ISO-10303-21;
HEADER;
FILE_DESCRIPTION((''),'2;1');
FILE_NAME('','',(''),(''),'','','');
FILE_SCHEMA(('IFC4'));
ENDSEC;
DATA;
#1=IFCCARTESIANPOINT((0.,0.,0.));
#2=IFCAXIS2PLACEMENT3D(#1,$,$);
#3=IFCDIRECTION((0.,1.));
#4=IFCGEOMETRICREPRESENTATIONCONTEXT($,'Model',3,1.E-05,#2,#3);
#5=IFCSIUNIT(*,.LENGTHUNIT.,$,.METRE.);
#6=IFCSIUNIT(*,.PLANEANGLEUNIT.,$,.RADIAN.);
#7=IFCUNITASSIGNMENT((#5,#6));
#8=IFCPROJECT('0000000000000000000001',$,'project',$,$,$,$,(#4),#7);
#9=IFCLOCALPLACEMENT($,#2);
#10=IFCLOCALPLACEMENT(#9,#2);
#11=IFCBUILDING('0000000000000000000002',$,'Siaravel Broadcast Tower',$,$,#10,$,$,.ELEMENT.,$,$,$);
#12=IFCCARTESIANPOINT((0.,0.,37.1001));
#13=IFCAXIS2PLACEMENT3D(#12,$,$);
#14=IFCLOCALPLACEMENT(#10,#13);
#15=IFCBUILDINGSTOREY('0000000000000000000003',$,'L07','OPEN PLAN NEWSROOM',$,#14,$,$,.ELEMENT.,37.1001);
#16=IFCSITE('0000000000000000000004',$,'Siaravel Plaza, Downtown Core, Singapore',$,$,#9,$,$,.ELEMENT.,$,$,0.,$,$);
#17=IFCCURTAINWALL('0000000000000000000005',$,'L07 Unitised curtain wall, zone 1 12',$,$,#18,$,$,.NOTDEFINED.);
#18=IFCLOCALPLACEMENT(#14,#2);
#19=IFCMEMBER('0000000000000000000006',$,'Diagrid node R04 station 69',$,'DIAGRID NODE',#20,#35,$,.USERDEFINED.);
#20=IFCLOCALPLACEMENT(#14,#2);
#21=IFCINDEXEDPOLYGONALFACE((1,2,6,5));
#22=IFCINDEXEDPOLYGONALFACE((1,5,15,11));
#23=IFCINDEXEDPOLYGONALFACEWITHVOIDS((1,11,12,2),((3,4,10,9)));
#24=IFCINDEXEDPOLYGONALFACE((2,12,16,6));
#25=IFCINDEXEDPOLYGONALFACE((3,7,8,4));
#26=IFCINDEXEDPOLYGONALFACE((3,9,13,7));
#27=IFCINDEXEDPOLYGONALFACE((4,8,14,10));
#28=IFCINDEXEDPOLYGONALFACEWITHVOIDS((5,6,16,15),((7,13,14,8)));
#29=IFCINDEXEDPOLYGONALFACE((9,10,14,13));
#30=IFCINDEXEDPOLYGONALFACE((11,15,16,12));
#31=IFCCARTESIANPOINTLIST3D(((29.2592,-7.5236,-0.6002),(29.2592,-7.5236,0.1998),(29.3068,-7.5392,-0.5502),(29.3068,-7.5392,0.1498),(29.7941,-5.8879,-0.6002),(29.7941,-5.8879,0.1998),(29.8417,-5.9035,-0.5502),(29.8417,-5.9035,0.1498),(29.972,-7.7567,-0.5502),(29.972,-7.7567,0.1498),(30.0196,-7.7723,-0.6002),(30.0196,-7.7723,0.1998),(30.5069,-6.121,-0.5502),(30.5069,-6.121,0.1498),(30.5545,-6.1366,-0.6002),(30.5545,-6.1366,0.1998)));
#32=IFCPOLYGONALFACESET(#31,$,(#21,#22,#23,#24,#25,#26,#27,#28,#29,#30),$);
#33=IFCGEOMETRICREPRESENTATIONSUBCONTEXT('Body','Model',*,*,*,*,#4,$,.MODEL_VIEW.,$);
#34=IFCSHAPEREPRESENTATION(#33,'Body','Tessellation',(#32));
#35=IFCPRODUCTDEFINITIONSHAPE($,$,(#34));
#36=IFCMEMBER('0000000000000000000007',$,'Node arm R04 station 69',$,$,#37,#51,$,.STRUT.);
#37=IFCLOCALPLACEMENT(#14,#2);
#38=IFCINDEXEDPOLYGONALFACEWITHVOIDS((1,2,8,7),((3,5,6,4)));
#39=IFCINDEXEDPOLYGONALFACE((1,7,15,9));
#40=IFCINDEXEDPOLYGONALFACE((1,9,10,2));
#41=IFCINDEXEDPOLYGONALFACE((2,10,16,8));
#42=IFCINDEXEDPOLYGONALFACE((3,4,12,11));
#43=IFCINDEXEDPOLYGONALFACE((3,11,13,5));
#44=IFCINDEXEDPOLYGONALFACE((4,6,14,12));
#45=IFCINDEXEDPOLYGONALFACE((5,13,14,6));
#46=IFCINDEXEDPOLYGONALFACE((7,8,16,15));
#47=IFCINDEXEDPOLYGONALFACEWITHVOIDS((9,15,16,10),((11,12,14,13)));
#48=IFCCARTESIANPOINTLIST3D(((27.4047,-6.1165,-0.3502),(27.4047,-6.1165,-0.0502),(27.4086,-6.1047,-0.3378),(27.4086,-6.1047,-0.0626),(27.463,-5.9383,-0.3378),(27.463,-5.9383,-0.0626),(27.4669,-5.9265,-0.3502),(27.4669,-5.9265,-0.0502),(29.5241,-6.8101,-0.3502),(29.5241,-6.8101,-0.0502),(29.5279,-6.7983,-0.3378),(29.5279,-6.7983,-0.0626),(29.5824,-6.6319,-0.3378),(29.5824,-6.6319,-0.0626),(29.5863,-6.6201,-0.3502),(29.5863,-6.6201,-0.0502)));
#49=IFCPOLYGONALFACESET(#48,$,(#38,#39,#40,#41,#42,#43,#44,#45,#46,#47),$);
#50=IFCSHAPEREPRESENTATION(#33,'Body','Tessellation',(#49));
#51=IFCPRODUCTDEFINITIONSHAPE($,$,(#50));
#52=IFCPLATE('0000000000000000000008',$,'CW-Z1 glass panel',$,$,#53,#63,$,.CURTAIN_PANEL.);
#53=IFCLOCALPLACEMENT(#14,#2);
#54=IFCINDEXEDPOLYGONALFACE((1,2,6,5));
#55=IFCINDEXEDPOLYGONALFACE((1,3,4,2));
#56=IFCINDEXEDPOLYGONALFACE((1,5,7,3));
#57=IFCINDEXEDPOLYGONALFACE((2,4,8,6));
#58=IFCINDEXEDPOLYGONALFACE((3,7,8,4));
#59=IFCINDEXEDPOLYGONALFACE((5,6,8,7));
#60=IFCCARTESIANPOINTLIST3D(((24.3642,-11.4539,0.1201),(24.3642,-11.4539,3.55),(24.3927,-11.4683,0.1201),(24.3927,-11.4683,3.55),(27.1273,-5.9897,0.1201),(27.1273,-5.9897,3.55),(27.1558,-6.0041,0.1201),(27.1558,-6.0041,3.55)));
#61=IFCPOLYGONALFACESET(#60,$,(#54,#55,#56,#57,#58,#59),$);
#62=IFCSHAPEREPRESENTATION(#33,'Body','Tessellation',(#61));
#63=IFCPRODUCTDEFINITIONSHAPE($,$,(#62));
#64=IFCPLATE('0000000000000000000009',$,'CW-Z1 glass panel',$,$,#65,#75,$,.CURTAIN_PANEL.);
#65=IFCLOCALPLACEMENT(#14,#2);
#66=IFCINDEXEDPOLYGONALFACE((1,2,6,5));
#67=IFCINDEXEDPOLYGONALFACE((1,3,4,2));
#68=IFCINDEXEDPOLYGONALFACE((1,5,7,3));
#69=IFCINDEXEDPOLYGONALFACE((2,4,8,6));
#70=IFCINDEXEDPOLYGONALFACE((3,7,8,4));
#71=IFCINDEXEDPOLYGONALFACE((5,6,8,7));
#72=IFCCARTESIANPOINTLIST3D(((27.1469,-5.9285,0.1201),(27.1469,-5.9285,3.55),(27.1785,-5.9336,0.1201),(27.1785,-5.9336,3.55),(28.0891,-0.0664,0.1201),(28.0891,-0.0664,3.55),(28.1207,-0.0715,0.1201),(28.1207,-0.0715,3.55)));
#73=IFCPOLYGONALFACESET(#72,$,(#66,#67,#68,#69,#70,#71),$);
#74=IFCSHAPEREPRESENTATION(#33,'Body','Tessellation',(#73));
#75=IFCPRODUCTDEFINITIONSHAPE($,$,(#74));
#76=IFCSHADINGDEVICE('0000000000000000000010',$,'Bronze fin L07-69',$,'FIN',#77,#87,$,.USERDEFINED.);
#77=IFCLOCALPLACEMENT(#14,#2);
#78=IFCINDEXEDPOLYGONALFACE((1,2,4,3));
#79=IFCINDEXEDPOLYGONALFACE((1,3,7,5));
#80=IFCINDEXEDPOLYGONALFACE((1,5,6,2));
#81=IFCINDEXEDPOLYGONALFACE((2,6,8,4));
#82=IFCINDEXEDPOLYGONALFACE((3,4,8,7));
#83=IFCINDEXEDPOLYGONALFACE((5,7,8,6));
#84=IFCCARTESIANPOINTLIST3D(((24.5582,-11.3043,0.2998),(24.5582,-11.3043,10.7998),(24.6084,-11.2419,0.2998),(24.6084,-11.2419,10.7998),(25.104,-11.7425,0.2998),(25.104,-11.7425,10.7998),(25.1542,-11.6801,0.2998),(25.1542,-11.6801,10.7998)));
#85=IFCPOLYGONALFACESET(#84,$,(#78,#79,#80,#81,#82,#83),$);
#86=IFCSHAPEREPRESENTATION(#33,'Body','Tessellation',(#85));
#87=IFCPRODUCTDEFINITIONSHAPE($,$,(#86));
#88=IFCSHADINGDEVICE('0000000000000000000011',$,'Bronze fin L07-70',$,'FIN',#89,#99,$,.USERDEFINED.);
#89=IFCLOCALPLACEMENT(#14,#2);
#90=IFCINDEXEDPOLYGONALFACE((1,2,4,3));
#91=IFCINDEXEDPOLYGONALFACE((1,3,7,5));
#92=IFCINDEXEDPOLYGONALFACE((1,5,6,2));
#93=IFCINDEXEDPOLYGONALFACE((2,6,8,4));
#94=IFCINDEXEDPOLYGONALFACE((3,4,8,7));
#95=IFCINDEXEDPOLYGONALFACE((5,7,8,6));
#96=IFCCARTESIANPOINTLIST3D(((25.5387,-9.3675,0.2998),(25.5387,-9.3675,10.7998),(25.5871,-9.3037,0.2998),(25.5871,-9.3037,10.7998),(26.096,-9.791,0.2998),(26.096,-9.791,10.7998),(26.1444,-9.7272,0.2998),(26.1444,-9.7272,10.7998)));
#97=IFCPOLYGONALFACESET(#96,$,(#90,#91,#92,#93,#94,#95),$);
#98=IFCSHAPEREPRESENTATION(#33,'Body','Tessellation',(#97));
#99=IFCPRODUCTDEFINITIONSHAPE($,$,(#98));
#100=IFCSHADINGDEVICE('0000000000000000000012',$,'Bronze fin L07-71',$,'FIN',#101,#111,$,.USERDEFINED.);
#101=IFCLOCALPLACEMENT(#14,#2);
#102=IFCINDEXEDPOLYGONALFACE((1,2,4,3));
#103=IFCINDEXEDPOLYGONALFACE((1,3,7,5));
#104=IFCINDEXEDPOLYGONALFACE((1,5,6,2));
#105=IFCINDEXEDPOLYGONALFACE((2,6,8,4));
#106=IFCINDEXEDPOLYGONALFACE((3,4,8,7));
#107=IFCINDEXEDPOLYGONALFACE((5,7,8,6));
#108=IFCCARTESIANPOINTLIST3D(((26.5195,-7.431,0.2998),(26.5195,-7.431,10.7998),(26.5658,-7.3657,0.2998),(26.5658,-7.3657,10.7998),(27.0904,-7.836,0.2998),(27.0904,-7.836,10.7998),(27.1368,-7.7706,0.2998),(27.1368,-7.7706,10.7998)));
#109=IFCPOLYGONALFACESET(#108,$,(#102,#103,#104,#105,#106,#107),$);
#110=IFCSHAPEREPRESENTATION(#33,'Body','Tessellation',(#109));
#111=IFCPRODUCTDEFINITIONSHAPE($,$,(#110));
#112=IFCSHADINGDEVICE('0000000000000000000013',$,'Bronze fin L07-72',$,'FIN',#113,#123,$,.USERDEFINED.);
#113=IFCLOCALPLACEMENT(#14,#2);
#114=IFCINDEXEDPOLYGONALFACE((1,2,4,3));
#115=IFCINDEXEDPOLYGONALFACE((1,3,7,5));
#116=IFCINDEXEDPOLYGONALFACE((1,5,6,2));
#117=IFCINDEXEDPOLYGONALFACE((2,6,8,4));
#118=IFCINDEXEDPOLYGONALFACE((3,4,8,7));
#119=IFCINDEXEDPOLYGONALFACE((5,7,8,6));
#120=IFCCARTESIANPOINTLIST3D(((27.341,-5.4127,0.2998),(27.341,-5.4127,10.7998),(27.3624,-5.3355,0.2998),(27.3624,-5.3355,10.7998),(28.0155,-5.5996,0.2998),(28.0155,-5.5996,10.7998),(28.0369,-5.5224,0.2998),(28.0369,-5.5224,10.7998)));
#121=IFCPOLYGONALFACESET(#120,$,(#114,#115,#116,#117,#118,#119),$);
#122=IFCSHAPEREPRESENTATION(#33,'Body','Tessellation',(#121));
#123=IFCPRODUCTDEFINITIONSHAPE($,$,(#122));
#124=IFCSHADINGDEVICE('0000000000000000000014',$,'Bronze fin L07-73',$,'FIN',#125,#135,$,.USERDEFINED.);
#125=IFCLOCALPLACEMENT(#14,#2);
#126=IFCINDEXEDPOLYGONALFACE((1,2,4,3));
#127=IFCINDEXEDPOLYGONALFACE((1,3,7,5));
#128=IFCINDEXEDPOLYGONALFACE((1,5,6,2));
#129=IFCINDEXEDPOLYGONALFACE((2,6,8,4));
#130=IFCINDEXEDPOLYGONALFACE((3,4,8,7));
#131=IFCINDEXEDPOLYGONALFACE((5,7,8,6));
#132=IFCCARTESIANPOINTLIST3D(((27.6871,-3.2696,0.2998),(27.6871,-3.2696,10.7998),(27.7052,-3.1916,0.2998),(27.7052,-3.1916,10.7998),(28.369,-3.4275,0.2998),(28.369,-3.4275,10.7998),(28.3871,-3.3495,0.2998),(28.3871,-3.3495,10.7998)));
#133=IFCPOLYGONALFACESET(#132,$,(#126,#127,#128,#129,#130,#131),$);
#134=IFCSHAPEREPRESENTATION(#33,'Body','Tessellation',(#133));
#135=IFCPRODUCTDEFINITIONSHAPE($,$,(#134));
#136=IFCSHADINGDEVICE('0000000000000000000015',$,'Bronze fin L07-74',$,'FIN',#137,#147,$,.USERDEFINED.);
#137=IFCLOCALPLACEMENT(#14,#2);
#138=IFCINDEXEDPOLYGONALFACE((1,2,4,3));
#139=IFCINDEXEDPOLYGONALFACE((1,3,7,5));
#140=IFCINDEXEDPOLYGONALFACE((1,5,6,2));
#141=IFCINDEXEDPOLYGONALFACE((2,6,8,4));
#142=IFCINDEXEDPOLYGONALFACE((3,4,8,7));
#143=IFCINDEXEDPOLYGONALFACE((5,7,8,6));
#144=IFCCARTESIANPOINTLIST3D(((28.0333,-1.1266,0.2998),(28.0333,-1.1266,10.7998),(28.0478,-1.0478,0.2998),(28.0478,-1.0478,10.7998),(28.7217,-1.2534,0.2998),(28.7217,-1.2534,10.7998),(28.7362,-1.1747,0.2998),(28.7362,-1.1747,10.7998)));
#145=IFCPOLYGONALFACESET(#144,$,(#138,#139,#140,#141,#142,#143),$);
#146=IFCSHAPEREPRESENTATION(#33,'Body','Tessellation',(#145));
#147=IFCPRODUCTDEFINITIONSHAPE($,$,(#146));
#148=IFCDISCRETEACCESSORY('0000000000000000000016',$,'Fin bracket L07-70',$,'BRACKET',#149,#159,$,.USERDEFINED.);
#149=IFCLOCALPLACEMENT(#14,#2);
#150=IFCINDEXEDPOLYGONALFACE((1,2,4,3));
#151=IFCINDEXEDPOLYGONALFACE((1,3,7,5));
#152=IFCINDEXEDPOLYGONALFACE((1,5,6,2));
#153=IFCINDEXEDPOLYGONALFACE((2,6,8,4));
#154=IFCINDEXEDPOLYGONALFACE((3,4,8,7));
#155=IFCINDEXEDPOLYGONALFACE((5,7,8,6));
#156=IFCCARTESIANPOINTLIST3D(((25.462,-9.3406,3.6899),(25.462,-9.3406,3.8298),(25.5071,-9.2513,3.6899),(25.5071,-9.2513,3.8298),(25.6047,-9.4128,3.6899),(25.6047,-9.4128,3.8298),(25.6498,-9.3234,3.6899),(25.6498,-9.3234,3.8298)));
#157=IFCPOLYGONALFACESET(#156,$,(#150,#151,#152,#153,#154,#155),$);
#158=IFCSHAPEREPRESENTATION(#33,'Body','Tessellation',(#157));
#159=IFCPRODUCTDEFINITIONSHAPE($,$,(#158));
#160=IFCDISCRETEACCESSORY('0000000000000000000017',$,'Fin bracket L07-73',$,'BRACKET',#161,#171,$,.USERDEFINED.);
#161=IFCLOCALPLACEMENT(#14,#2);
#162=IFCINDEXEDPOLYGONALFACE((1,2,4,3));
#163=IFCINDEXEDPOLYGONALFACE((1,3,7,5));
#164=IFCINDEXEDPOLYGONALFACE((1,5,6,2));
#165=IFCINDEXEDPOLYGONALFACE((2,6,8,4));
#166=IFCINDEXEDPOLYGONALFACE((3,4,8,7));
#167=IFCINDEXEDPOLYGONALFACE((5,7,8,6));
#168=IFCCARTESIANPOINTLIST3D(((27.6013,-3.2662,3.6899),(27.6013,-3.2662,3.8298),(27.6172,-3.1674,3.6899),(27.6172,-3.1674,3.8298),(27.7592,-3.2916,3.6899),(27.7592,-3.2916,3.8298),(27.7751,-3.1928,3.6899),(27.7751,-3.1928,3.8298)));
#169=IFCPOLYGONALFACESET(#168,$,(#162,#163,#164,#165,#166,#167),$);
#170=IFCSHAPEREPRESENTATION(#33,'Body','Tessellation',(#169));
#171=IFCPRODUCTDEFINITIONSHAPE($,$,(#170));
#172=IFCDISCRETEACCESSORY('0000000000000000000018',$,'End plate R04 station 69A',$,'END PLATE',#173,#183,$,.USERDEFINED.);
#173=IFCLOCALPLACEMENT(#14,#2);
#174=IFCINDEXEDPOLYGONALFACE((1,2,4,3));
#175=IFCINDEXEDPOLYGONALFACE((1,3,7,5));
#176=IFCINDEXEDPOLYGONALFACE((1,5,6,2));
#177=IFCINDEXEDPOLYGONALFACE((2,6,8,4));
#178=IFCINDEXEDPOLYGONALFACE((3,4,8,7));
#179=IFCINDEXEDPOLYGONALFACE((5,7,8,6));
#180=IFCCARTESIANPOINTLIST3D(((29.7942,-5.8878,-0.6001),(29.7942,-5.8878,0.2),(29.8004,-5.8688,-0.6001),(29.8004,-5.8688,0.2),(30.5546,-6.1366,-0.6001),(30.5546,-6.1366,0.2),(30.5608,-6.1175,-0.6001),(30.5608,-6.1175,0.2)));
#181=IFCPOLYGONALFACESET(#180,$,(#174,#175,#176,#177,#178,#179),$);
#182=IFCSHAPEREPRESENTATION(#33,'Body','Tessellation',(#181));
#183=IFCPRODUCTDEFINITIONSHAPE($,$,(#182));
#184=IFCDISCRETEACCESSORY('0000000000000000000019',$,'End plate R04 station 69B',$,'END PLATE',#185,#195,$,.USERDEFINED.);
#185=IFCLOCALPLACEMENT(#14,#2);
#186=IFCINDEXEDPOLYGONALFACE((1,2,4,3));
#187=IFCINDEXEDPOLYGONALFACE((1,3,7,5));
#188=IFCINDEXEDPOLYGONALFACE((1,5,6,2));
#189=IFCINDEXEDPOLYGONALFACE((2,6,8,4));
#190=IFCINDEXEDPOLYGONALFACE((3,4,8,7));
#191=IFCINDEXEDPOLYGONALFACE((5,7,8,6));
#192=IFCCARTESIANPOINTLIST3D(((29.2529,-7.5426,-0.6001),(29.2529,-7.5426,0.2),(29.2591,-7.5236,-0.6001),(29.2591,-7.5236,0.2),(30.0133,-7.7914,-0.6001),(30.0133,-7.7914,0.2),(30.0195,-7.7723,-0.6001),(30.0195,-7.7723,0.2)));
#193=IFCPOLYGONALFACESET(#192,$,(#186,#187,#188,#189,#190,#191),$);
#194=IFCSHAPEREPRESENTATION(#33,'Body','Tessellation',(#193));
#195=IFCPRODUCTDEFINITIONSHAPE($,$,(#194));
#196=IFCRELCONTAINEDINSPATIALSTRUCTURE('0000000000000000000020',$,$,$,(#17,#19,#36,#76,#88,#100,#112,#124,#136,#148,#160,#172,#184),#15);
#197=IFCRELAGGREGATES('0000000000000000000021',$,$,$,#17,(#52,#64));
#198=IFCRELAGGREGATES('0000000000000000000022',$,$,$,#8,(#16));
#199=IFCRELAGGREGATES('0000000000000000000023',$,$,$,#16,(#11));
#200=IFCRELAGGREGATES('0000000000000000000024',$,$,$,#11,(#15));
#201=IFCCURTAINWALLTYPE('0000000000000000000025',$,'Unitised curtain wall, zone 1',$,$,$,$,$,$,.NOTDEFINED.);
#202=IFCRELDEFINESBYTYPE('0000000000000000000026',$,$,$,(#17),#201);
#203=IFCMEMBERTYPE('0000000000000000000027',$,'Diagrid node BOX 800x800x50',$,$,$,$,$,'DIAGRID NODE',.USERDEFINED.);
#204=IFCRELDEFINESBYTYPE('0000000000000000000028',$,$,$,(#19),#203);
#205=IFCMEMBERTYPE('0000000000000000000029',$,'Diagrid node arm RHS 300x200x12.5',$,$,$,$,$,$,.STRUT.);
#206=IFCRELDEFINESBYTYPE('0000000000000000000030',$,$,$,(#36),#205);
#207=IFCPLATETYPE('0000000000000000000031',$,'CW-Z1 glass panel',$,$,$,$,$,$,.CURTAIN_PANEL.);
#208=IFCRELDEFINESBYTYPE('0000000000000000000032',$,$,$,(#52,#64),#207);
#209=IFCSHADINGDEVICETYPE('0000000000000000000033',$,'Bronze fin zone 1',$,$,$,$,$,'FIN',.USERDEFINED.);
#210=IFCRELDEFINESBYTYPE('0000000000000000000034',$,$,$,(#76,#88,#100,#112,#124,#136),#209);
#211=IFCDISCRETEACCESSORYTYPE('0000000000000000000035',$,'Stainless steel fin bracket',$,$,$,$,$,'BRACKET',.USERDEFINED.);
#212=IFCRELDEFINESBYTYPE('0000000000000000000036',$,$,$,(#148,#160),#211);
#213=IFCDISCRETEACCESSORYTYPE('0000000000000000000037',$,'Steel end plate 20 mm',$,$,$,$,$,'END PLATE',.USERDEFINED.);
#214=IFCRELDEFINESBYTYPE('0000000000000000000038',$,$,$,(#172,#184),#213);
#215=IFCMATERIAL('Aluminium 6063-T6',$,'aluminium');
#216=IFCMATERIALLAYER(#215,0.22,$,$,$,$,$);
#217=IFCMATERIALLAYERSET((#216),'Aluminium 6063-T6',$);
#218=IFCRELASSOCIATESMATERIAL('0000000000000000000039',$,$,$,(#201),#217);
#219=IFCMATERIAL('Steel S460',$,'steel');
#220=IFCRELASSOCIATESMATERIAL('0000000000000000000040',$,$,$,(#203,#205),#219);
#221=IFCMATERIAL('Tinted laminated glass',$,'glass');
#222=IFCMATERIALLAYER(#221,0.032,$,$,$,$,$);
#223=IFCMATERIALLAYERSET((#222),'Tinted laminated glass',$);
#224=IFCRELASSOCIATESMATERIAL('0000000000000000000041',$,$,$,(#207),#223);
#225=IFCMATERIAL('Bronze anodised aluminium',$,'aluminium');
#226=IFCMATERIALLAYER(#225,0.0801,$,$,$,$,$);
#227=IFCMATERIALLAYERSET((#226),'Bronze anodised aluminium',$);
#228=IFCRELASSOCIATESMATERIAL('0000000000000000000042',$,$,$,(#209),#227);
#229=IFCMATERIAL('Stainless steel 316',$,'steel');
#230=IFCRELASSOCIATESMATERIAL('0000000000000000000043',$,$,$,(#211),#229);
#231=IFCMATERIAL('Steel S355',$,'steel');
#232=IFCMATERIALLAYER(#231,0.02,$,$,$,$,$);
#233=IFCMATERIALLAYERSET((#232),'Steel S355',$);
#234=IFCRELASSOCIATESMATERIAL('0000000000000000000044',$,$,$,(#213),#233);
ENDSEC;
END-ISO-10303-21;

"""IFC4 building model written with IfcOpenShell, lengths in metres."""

from ifc_helpers import new_model, si_unit, direction, frame, origin, origin_2d, place, context, subcontext, project, spatial, rectangle, hollow_rectangle, extrude, material, layer, layer_set, material_profile, profile_set, type_object, element, aggregate, save


model = new_model("IFC4")

# Units and contexts
model_context = context("Model", 3, precision=1e-05, world=origin(), true_north=direction((0.0, 1.0)))
body_context = subcontext(model_context, "Body", "Model", "MODEL_VIEW")
ifc_project = project(units=[si_unit("LENGTHUNIT", "METRE"), si_unit("PLANEANGLEUNIT", "RADIAN")], contexts=[model_context])

# Site, building, storey
site_placement = place(None, origin())
site = spatial("IfcSite", under=ifc_project, at=site_placement, Name="Siaravel Plaza, Downtown Core, Singapore", CompositionType="ELEMENT", RefElevation=0.0)
building_placement = place(site_placement, origin())
building = spatial("IfcBuilding", under=site, at=building_placement, Name="Siaravel Broadcast Tower", CompositionType="ELEMENT")
storey_placement = place(building_placement, frame((0.0, 0.0, 37.1001)))
storey = spatial("IfcBuildingStorey", under=building, at=storey_placement, Name="L07", Description="OPEN PLAN NEWSROOM", CompositionType="ELEMENT", Elevation=37.1001)

# Shared definitions
ifc_material_1 = material(Name="Steel S355", Category="steel")

# Curtain wall
ifc_material_2 = material(Name="Aluminium 6063-T6", Category="aluminium")
ifc_layer_1 = layer(ifc_material_2, 0.22)
ifc_layer_set_1 = layer_set([ifc_layer_1], Name="Aluminium 6063-T6")
curtain_wall_type = type_object("IfcCurtainWallType", Name="Unitised curtain wall, zone 1", PredefinedType="NOTDEFINED", material=ifc_layer_set_1)
curtain_wall_placement = place(storey_placement, origin())
curtain_wall = element("IfcCurtainWall", 1, at=curtain_wall_placement, inside=storey, type_object=curtain_wall_type, Name="L07 Unitised curtain wall, zone 1 12", PredefinedType="NOTDEFINED")

# Members
ifc_material_3 = material(Name="Steel S460", Category="steel")
ifc_material_profile_1 = material_profile(ifc_material_3, hollow_rectangle(XDim=0.8, YDim=0.8, WallThickness=0.05, at=origin_2d()))
ifc_profile_set_1 = profile_set([ifc_material_profile_1], Name="Steel S460")
member_type_1 = type_object("IfcMemberType", Name="Diagrid node BOX 800x800x50", ElementType="DIAGRID NODE", PredefinedType="USERDEFINED", material=ifc_profile_set_1)
member_1_placement = place(storey_placement, frame((29.6394, -7.6479, -0.2002), z_axis=(0.310818, 0.95047, 0.0), x_axis=(-0.95047, 0.310818, 0.0)))
element("IfcMember", 2, at=member_1_placement, inside=storey, type_object=member_type_1, Name="Diagrid node R04 station 69", ObjectType="DIAGRID NODE", PredefinedType="USERDEFINED", context=body_context, shape_type="SweptSolid", body=[
    extrude(hollow_rectangle(XDim=0.8, YDim=0.8, WallThickness=0.05, at=origin_2d()), origin(), (0.0, 0.0, 1.0), 1.7209),
])
ifc_material_profile_2 = material_profile(ifc_material_3, hollow_rectangle(XDim=0.2, YDim=0.3, WallThickness=0.0125, at=origin_2d()))
ifc_profile_set_2 = profile_set([ifc_material_profile_2], Name="Steel S460")
member_type_2 = type_object("IfcMemberType", Name="Diagrid node arm RHS 300x200x12.5", PredefinedType="STRUT", material=ifc_profile_set_2)
member_2_placement = place(storey_placement, frame((27.4358, -6.0215, -0.2002), z_axis=(0.950399, -0.311034, 0.0), x_axis=(0.311034, 0.950399, 0.0)))
element("IfcMember", 3, at=member_2_placement, inside=storey, type_object=member_type_2, Name="Node arm R04 station 69", PredefinedType="STRUT", context=body_context, shape_type="SweptSolid", body=[
    extrude(hollow_rectangle(XDim=0.2, YDim=0.3, WallThickness=0.0125, at=origin_2d()), origin(), (0.0, 0.0, 1.0), 2.23),
])

# Plates
ifc_material_4 = material(Name="Tinted laminated glass", Category="glass")
ifc_layer_2 = layer(ifc_material_4, 0.032)
ifc_layer_set_2 = layer_set([ifc_layer_2], Name="Tinted laminated glass")
plate_type = type_object("IfcPlateType", Name="CW-Z1 glass panel", PredefinedType="CURTAIN_PANEL", material=ifc_layer_set_2)
plate_1_placement = place(storey_placement, frame((25.76, -8.729, 0.1201), z_axis=(0.0, 0.0, 1.0), x_axis=(0.451261, 0.892392, 0.0)))
plate_1 = element("IfcPlate", 4, at=plate_1_placement, type_object=plate_type, Name="CW-Z1 glass panel", PredefinedType="CURTAIN_PANEL", context=body_context, shape_type="SweptSolid", body=[
    extrude(rectangle(XDim=6.123, YDim=0.032, at=origin_2d()), origin(), (0.0, 0.0, 1.0), 3.4299),
])
plate_2_placement = place(storey_placement, frame((27.6338, -3.0, 0.1201), z_axis=(0.0, 0.0, 1.0), x_axis=(0.158686, 0.987329, 0.0)))
plate_2 = element("IfcPlate", 5, at=plate_2_placement, type_object=plate_type, Name="CW-Z1 glass panel", PredefinedType="CURTAIN_PANEL", context=body_context, shape_type="SweptSolid", body=[
    extrude(rectangle(XDim=5.9373, YDim=0.032, at=origin_2d()), origin(), (0.0, 0.0, 1.0), 3.4299),
])
aggregate(curtain_wall, [plate_1, plate_2])

# Shading devices
ifc_material_5 = material(Name="Bronze anodised aluminium", Category="aluminium")
ifc_layer_3 = layer(ifc_material_5, 0.0801)
ifc_layer_set_3 = layer_set([ifc_layer_3], Name="Bronze anodised aluminium")
shading_device_type = type_object("IfcShadingDeviceType", Name="Bronze fin zone 1", ElementType="FIN", PredefinedType="USERDEFINED", material=ifc_layer_set_3)
for number, where, z_axis, x_axis, name in (
    (6, (24.8562, -11.4922, 0.2998), (0.0, 0.0, 1.0), (0.779807, -0.62602, 0.0), "Bronze fin L07-69"),
    (7, (25.8416, -9.5474, 0.2998), (0.0, 0.0, 1.0), (0.796222, -0.605005, 0.0), "Bronze fin L07-70"),
    (8, (26.8281, -7.6008, 0.2998), (0.0, 0.0, 1.0), (0.815676, -0.578508, 0.0), "Bronze fin L07-71"),
    (9, (27.689, -5.4675, 0.2998), (0.0, 0.0, 1.0), (0.963699, -0.266989, 0.0), "Bronze fin L07-72"),
    (10, (28.0371, -3.3096, 0.2998), (0.0, 0.0, 1.0), (0.974238, -0.225524, 0.0), "Bronze fin L07-73"),
    (11, (28.3848, -1.1506, 0.2998), (0.0, 0.0, 1.0), (0.983449, -0.181183, 0.0), "Bronze fin L07-74"),
):
    element("IfcShadingDevice", number, at=place(storey_placement, frame(where, z_axis=z_axis, x_axis=x_axis)), inside=storey, type_object=shading_device_type, Name=name, ObjectType="FIN", PredefinedType="USERDEFINED", context=body_context, shape_type="SweptSolid", body=[
        extrude(rectangle(XDim=0.7, YDim=0.0801, at=origin_2d()), origin(), (0.0, 0.0, 1.0), 10.5),
    ])

# Discrete accessories
ifc_material_6 = material(Name="Stainless steel 316", Category="steel")
discrete_accessory_type_1 = type_object("IfcDiscreteAccessoryType", Name="Stainless steel fin bracket", ElementType="BRACKET", PredefinedType="USERDEFINED", material=ifc_material_6)
for number, where, z_axis, x_axis, name in (
    (12, (25.5559, -9.332, 3.6899), (0.0, 0.0, 1.0), (0.892392, -0.451261, 0.0), "Fin bracket L07-70"),
    (13, (27.6882, -3.2295, 3.6899), (0.0, 0.0, 1.0), (0.987329, -0.158685, 0.0), "Fin bracket L07-73"),
):
    element("IfcDiscreteAccessory", number, at=place(storey_placement, frame(where, z_axis=z_axis, x_axis=x_axis)), inside=storey, type_object=discrete_accessory_type_1, Name=name, ObjectType="BRACKET", PredefinedType="USERDEFINED", context=body_context, shape_type="SweptSolid", body=[
        extrude(rectangle(XDim=0.1599, YDim=0.1001, at=origin_2d()), origin(), (0.0, 0.0, 1.0), 0.1399),
    ])
ifc_layer_4 = layer(ifc_material_1, 0.02)
ifc_layer_set_4 = layer_set([ifc_layer_4], Name="Steel S355")
discrete_accessory_type_2 = type_object("IfcDiscreteAccessoryType", Name="Steel end plate 20 mm", ElementType="END PLATE", PredefinedType="USERDEFINED", material=ifc_layer_set_4)
for number, where, z_axis, x_axis, name in (
    (14, (30.1775, -6.0027, -0.6001), (0.0, 0.0, 1.0), (0.31091, 0.950439, 0.0), "End plate R04 station 69A"),
    (15, (29.6362, -7.6575, -0.6001), (0.0, 0.0, 1.0), (0.31091, 0.950439, 0.0), "End plate R04 station 69B"),
):
    element("IfcDiscreteAccessory", number, at=place(storey_placement, frame(where, z_axis=z_axis, x_axis=x_axis)), inside=storey, type_object=discrete_accessory_type_2, Name=name, ObjectType="END PLATE", PredefinedType="USERDEFINED", context=body_context, shape_type="SweptSolid", body=[
        extrude(rectangle(XDim=0.02, YDim=0.8, at=origin_2d()), origin(), (0.0, 0.0, 1.0), 0.8),
    ])

save(model, "model.ifc")
